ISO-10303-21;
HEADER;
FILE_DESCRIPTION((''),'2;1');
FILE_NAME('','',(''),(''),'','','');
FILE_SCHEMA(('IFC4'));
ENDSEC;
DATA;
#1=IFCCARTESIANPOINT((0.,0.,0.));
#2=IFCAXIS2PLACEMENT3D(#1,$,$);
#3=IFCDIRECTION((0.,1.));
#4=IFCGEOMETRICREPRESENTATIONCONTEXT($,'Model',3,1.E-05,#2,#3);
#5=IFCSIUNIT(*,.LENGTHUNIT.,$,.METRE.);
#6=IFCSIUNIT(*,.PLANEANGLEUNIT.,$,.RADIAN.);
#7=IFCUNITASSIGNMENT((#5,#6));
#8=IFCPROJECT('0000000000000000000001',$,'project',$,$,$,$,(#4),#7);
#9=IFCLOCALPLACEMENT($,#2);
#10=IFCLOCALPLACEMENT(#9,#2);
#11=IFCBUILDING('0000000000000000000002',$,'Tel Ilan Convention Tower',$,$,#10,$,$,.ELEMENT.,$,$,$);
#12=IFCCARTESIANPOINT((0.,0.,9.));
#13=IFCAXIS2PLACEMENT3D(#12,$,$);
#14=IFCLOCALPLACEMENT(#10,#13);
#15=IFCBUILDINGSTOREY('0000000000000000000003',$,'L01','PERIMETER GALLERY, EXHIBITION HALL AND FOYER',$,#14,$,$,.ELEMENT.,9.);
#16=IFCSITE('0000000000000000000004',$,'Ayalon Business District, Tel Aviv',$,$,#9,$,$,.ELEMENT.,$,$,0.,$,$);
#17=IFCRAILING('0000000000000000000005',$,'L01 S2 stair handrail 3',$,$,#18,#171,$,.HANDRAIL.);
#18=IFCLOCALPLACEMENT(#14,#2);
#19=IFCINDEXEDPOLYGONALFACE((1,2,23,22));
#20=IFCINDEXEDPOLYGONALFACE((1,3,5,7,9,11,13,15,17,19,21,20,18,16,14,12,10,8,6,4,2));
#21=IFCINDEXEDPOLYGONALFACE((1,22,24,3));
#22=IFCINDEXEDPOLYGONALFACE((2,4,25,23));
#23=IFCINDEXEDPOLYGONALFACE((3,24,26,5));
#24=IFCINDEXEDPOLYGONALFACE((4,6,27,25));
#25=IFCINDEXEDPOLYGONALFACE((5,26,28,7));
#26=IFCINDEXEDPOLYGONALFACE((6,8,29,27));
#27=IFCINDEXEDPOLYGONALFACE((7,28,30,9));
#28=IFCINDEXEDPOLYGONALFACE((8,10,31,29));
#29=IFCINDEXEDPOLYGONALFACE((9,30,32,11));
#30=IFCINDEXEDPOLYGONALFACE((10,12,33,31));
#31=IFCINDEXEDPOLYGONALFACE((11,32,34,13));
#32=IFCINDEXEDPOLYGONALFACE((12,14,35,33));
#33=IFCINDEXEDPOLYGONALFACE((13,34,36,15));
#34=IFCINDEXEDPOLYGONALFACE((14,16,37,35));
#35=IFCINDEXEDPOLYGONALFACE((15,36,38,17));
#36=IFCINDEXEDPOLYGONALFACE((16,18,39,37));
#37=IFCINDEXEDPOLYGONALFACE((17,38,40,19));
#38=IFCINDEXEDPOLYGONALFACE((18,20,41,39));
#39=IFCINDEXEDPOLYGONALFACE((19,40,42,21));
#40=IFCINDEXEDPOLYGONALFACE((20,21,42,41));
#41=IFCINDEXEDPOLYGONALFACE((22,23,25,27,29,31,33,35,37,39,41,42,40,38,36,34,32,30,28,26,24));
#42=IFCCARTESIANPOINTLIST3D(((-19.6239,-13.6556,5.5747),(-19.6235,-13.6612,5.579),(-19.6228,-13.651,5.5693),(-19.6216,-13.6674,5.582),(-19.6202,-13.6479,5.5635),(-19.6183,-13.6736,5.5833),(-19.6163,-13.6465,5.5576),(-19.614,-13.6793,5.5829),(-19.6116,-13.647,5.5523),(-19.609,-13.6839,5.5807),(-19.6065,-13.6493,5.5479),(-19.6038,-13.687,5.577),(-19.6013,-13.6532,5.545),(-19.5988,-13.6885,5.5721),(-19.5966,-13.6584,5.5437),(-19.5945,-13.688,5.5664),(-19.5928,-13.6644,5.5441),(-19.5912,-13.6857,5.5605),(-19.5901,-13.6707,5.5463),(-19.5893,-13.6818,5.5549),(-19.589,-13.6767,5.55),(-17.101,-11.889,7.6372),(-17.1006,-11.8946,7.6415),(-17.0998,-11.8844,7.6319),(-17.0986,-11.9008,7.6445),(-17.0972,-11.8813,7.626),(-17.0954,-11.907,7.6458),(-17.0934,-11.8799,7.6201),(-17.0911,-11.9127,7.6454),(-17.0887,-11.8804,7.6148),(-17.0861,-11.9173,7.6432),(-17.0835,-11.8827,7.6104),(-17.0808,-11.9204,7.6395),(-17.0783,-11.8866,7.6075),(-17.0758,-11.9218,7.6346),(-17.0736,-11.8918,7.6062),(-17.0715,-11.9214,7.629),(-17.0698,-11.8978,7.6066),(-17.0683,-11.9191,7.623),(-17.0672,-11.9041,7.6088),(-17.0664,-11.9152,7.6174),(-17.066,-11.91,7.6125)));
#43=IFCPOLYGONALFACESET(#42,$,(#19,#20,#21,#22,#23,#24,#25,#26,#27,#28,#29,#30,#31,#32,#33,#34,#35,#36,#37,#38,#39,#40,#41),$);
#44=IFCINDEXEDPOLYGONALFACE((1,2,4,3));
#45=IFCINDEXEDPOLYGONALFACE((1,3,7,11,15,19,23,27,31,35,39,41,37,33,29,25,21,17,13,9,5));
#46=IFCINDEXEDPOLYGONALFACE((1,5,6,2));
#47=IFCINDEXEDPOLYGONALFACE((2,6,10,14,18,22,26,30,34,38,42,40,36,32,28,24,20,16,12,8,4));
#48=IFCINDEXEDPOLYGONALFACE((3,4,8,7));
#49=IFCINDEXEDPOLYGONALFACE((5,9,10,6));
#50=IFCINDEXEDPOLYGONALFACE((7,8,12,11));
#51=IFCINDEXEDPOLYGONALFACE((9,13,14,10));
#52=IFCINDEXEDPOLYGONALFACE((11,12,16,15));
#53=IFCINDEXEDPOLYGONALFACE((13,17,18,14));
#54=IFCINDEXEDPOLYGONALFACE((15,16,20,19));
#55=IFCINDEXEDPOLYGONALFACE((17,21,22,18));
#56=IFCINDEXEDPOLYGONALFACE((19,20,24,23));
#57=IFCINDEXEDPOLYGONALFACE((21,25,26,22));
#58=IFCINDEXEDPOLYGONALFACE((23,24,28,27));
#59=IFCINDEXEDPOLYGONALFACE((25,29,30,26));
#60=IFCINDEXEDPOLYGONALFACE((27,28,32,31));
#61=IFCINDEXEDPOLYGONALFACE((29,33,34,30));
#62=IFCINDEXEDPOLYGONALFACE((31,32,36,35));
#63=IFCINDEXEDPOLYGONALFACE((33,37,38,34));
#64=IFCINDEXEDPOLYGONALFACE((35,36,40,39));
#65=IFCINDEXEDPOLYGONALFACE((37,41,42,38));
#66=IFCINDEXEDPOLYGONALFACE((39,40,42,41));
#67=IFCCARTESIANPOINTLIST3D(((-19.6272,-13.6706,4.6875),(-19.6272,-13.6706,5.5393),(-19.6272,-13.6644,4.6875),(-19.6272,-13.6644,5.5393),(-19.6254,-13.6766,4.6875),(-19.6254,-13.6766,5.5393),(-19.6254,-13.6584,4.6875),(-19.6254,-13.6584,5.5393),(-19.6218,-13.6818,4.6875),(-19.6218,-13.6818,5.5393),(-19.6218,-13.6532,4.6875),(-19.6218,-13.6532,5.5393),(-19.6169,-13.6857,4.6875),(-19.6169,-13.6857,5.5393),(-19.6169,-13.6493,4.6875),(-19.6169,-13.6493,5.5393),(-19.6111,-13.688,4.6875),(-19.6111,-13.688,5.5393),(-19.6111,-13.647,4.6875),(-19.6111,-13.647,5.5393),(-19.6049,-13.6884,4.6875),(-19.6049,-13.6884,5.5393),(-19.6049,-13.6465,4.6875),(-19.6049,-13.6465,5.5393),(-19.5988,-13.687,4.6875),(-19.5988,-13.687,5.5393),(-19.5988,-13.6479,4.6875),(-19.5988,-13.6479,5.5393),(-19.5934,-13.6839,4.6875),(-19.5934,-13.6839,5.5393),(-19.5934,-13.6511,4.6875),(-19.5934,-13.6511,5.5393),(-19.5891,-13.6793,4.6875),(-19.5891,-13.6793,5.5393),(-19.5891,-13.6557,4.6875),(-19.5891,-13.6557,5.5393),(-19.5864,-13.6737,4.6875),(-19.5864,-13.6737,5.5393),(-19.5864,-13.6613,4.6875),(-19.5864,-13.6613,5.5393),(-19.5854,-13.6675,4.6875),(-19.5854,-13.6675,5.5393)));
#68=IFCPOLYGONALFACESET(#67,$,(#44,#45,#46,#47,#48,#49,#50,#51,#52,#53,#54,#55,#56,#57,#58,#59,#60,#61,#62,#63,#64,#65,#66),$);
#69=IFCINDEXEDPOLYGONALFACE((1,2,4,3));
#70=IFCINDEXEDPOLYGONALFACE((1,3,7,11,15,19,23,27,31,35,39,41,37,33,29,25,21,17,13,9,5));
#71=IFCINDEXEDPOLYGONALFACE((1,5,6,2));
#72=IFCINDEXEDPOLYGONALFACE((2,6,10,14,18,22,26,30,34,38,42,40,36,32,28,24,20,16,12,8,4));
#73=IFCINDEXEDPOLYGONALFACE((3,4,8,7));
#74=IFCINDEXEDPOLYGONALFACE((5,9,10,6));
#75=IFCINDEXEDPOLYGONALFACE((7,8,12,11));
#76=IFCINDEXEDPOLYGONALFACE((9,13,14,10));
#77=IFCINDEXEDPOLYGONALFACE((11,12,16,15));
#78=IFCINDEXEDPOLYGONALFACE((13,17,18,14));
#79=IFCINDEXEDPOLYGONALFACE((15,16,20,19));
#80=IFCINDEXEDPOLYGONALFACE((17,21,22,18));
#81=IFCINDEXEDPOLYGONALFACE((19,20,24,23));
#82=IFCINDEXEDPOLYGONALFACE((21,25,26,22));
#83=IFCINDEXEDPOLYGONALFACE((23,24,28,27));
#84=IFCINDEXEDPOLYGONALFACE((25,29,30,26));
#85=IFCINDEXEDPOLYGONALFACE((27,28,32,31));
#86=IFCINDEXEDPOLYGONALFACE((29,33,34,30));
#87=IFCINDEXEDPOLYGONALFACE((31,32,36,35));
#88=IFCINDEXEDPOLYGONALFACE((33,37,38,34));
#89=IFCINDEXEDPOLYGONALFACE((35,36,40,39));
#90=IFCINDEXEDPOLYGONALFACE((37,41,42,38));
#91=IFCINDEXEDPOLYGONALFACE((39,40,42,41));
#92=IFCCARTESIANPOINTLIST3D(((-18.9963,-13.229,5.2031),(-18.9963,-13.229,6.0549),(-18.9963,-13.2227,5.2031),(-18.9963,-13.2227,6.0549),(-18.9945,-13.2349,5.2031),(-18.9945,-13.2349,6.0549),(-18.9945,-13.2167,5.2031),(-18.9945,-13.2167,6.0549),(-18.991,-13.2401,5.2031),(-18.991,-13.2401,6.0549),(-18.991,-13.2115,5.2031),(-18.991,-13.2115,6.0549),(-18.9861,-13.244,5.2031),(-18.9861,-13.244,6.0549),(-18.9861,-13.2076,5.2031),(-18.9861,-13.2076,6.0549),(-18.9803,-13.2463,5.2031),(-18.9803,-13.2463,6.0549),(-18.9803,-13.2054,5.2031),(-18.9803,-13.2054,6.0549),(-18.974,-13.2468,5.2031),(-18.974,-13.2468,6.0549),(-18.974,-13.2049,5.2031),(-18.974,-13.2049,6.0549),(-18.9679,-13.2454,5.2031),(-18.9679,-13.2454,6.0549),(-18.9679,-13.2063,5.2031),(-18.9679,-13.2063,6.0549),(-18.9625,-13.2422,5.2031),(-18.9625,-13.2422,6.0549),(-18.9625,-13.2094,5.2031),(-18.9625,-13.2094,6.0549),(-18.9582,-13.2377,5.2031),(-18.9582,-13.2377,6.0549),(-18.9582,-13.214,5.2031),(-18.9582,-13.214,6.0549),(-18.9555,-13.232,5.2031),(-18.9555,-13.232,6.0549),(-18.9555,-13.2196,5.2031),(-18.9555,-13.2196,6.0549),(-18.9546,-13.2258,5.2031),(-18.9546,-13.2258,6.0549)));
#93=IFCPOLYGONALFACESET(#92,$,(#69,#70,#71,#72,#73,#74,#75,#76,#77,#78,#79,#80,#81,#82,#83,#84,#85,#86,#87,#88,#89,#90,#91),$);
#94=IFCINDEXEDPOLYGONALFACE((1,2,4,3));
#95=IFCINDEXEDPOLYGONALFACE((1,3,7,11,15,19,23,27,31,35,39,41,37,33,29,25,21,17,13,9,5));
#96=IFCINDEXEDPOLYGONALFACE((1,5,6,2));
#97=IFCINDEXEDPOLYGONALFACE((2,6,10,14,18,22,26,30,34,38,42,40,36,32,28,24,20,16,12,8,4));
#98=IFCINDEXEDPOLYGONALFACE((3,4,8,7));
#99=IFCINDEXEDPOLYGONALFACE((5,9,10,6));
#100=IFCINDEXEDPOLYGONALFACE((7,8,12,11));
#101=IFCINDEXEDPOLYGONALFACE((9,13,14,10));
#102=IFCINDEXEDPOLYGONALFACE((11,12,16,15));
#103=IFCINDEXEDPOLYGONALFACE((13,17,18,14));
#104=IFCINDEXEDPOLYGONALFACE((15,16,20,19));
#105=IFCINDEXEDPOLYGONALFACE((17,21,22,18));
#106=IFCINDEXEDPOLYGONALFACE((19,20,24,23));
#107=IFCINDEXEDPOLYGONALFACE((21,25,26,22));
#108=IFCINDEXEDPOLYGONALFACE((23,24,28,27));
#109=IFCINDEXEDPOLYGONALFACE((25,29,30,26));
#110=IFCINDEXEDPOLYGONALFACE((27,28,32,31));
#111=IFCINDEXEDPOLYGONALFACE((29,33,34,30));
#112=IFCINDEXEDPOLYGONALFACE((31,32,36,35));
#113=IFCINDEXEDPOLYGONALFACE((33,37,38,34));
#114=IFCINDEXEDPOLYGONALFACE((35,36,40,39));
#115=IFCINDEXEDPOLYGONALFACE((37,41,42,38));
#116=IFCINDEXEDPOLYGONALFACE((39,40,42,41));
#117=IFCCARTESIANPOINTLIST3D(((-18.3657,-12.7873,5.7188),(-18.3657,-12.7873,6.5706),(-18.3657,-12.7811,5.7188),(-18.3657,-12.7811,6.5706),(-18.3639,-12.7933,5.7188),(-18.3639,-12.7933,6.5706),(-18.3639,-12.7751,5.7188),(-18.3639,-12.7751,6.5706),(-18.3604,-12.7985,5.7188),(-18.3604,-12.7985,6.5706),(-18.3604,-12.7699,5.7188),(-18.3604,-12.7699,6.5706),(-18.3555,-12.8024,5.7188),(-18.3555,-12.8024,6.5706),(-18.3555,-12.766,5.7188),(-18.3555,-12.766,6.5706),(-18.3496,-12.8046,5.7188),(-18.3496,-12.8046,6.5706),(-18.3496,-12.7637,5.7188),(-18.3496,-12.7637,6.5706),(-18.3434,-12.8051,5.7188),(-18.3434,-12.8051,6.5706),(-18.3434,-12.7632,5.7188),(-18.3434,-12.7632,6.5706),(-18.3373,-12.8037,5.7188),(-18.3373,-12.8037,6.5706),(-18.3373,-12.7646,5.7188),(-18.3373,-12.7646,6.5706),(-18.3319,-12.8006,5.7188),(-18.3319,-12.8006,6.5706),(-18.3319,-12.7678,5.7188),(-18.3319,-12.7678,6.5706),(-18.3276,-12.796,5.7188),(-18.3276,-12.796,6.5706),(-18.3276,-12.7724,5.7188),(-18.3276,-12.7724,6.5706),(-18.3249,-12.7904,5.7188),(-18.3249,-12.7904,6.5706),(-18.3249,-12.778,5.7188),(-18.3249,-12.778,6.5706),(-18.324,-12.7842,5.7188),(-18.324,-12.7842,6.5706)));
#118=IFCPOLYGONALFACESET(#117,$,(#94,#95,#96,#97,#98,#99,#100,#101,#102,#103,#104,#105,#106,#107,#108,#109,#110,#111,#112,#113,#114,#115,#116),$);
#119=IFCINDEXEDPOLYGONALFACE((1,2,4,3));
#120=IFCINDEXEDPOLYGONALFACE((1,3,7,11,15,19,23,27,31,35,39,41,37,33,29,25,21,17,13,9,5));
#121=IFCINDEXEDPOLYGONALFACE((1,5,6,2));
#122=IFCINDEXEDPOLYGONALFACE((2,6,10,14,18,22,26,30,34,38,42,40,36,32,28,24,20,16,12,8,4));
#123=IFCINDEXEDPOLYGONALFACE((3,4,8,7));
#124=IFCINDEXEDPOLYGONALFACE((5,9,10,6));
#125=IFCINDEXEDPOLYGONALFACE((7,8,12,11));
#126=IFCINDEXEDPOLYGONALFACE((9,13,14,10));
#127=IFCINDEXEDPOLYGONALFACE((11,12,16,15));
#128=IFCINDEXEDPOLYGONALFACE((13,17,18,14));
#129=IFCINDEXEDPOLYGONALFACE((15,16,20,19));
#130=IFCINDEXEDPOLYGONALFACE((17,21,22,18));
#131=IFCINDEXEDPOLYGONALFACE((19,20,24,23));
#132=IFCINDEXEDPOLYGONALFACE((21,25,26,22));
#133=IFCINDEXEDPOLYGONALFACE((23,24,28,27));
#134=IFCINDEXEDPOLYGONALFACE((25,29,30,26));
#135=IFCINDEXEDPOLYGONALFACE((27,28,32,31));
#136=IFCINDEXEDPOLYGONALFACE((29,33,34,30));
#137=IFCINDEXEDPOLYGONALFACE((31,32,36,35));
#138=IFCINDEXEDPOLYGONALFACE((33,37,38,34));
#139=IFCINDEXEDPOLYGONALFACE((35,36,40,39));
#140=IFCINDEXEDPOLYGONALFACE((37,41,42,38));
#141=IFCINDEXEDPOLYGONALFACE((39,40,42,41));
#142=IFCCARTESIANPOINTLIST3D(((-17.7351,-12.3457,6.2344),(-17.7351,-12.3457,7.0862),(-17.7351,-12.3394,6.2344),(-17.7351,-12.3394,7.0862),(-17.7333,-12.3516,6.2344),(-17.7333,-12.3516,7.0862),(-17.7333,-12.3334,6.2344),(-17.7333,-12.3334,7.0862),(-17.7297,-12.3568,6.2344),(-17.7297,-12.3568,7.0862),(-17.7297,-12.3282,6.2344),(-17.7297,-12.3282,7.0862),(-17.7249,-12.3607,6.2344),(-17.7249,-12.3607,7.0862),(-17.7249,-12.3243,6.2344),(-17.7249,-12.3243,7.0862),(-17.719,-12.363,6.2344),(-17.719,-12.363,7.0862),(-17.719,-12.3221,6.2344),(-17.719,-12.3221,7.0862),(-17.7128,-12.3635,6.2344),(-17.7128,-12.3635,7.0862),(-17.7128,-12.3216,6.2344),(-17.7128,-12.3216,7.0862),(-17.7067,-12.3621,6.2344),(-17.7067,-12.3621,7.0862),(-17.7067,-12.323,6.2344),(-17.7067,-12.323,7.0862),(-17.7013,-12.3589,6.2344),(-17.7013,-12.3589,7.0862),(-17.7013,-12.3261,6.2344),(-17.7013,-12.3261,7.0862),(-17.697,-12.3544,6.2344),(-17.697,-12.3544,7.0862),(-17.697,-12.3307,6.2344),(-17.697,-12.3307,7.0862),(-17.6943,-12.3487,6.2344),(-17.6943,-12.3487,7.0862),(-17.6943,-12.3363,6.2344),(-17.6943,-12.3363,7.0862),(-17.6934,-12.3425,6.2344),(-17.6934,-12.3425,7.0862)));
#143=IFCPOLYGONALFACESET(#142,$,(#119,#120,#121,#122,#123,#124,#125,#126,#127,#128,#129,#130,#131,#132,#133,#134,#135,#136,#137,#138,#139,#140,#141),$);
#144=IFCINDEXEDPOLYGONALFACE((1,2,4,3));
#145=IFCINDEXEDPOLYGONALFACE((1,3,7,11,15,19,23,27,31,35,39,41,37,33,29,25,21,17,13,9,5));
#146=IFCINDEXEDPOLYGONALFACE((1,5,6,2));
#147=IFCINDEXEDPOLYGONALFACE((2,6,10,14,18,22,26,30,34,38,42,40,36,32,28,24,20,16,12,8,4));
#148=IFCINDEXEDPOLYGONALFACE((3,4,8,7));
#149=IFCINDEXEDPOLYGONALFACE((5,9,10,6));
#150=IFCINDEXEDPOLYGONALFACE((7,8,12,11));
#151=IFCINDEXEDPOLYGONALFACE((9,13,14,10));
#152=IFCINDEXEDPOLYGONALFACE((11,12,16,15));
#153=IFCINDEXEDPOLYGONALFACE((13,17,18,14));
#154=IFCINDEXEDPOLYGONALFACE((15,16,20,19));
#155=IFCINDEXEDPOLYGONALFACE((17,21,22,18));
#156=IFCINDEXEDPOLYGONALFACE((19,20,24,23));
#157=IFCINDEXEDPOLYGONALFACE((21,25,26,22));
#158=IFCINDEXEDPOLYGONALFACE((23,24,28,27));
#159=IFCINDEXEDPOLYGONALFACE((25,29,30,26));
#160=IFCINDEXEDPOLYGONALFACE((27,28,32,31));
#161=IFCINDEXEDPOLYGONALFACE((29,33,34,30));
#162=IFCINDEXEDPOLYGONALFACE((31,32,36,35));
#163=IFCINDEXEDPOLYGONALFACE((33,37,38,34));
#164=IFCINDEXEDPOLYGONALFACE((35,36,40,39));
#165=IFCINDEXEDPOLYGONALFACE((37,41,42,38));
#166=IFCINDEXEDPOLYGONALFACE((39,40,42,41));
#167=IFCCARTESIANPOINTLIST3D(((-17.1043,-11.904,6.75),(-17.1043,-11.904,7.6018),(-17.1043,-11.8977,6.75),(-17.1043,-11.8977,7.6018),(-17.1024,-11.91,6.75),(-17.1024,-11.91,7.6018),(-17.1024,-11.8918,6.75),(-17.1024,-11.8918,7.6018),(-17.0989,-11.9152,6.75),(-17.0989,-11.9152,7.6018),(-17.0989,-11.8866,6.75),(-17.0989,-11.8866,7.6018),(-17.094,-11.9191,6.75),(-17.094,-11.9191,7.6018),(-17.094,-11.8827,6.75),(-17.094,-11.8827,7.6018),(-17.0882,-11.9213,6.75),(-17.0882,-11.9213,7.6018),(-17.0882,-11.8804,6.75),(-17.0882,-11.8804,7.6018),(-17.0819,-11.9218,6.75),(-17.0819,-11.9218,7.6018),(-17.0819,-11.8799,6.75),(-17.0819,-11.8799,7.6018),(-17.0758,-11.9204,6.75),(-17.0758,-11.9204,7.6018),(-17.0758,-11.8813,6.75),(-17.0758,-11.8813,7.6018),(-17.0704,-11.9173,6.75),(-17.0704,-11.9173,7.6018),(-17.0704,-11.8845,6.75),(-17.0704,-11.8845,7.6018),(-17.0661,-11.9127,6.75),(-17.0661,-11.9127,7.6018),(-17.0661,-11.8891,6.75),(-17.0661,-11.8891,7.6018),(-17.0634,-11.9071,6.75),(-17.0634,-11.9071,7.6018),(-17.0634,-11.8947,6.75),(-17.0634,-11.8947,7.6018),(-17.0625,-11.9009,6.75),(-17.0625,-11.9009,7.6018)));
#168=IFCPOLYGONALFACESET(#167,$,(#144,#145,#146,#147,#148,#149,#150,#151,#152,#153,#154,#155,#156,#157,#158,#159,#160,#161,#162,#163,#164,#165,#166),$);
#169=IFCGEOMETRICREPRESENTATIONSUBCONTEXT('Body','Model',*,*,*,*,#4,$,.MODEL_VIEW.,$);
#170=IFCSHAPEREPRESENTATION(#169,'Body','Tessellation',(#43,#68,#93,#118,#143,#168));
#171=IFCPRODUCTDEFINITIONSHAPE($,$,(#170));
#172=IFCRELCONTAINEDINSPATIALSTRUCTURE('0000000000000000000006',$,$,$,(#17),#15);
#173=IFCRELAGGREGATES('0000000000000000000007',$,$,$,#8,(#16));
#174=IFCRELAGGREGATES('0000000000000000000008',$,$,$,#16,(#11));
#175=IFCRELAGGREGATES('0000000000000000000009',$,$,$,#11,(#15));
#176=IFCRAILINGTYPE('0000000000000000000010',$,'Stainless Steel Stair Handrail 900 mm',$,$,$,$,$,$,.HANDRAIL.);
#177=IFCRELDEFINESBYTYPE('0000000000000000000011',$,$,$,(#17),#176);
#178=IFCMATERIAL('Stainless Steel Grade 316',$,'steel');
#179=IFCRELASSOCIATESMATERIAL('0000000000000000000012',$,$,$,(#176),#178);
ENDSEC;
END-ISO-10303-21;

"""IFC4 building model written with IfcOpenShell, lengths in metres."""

from ifc_helpers import new_model, si_unit, direction, frame, origin, origin_2d, place, context, subcontext, project, spatial, circle, extrude, material, type_object, element, save


model = new_model("IFC4")

# Units and contexts
model_context = context("Model", 3, precision=1e-05, world=origin(), true_north=direction((0.0, 1.0)))
body_context = subcontext(model_context, "Body", "Model", "MODEL_VIEW")
ifc_project = project(units=[si_unit("LENGTHUNIT", "METRE"), si_unit("PLANEANGLEUNIT", "RADIAN")], contexts=[model_context])

# Site, building, storey
site_placement = place(None, origin())
site = spatial("IfcSite", under=ifc_project, at=site_placement, Name="Ayalon Business District, Tel Aviv", CompositionType="ELEMENT", RefElevation=0.0)
building_placement = place(site_placement, origin())
building = spatial("IfcBuilding", under=site, at=building_placement, Name="Tel Ilan Convention Tower", CompositionType="ELEMENT")
storey_placement = place(building_placement, frame((0.0, 0.0, 9.0)))
storey = spatial("IfcBuildingStorey", under=building, at=storey_placement, Name="L01", Description="PERIMETER GALLERY, EXHIBITION HALL AND FOYER", CompositionType="ELEMENT", Elevation=9.0)

# Railing
ifc_material_1 = material(Name="Stainless Steel Grade 316", Category="steel")
railing_type_1 = type_object("IfcRailingType", Name="Stainless Steel Stair Handrail 900 mm", PredefinedType="HANDRAIL", material=ifc_material_1)
railing_1_placement = place(storey_placement, frame((-19.6064, -13.6675, 4.6875)))
element("IfcRailing", 1, at=railing_1_placement, inside=storey, type_object=railing_type_1, Name="L01 S2 stair handrail 3", PredefinedType="HANDRAIL", context=body_context, shape_type="SweptSolid", body=[
    extrude(circle(Radius=0.0239, at=origin_2d()), frame((0.0, 0.0, 0.876), z_axis=(0.680635, 0.476589, 0.556416), x_axis=(-0.573579, 0.81915, 0.0)), (0.0, 0.0, 1.0), 3.7068),
    extrude(circle(Radius=0.021, at=origin_2d()), origin(), (0.0, 0.0, 1.0), 0.8518),
    extrude(circle(Radius=0.021, at=origin_2d()), frame((0.6309, 0.4417, 0.5156)), (0.0, 0.0, 1.0), 0.8518),
    extrude(circle(Radius=0.021, at=origin_2d()), frame((1.2615, 0.8833, 1.0312)), (0.0, 0.0, 1.0), 0.8518),
    extrude(circle(Radius=0.021, at=origin_2d()), frame((1.8921, 1.325, 1.5469)), (0.0, 0.0, 1.0), 0.8518),
    extrude(circle(Radius=0.021, at=origin_2d()), frame((2.5229, 1.7666, 2.0625)), (0.0, 0.0, 1.0), 0.8518),
])

save(model, "model.ifc")
